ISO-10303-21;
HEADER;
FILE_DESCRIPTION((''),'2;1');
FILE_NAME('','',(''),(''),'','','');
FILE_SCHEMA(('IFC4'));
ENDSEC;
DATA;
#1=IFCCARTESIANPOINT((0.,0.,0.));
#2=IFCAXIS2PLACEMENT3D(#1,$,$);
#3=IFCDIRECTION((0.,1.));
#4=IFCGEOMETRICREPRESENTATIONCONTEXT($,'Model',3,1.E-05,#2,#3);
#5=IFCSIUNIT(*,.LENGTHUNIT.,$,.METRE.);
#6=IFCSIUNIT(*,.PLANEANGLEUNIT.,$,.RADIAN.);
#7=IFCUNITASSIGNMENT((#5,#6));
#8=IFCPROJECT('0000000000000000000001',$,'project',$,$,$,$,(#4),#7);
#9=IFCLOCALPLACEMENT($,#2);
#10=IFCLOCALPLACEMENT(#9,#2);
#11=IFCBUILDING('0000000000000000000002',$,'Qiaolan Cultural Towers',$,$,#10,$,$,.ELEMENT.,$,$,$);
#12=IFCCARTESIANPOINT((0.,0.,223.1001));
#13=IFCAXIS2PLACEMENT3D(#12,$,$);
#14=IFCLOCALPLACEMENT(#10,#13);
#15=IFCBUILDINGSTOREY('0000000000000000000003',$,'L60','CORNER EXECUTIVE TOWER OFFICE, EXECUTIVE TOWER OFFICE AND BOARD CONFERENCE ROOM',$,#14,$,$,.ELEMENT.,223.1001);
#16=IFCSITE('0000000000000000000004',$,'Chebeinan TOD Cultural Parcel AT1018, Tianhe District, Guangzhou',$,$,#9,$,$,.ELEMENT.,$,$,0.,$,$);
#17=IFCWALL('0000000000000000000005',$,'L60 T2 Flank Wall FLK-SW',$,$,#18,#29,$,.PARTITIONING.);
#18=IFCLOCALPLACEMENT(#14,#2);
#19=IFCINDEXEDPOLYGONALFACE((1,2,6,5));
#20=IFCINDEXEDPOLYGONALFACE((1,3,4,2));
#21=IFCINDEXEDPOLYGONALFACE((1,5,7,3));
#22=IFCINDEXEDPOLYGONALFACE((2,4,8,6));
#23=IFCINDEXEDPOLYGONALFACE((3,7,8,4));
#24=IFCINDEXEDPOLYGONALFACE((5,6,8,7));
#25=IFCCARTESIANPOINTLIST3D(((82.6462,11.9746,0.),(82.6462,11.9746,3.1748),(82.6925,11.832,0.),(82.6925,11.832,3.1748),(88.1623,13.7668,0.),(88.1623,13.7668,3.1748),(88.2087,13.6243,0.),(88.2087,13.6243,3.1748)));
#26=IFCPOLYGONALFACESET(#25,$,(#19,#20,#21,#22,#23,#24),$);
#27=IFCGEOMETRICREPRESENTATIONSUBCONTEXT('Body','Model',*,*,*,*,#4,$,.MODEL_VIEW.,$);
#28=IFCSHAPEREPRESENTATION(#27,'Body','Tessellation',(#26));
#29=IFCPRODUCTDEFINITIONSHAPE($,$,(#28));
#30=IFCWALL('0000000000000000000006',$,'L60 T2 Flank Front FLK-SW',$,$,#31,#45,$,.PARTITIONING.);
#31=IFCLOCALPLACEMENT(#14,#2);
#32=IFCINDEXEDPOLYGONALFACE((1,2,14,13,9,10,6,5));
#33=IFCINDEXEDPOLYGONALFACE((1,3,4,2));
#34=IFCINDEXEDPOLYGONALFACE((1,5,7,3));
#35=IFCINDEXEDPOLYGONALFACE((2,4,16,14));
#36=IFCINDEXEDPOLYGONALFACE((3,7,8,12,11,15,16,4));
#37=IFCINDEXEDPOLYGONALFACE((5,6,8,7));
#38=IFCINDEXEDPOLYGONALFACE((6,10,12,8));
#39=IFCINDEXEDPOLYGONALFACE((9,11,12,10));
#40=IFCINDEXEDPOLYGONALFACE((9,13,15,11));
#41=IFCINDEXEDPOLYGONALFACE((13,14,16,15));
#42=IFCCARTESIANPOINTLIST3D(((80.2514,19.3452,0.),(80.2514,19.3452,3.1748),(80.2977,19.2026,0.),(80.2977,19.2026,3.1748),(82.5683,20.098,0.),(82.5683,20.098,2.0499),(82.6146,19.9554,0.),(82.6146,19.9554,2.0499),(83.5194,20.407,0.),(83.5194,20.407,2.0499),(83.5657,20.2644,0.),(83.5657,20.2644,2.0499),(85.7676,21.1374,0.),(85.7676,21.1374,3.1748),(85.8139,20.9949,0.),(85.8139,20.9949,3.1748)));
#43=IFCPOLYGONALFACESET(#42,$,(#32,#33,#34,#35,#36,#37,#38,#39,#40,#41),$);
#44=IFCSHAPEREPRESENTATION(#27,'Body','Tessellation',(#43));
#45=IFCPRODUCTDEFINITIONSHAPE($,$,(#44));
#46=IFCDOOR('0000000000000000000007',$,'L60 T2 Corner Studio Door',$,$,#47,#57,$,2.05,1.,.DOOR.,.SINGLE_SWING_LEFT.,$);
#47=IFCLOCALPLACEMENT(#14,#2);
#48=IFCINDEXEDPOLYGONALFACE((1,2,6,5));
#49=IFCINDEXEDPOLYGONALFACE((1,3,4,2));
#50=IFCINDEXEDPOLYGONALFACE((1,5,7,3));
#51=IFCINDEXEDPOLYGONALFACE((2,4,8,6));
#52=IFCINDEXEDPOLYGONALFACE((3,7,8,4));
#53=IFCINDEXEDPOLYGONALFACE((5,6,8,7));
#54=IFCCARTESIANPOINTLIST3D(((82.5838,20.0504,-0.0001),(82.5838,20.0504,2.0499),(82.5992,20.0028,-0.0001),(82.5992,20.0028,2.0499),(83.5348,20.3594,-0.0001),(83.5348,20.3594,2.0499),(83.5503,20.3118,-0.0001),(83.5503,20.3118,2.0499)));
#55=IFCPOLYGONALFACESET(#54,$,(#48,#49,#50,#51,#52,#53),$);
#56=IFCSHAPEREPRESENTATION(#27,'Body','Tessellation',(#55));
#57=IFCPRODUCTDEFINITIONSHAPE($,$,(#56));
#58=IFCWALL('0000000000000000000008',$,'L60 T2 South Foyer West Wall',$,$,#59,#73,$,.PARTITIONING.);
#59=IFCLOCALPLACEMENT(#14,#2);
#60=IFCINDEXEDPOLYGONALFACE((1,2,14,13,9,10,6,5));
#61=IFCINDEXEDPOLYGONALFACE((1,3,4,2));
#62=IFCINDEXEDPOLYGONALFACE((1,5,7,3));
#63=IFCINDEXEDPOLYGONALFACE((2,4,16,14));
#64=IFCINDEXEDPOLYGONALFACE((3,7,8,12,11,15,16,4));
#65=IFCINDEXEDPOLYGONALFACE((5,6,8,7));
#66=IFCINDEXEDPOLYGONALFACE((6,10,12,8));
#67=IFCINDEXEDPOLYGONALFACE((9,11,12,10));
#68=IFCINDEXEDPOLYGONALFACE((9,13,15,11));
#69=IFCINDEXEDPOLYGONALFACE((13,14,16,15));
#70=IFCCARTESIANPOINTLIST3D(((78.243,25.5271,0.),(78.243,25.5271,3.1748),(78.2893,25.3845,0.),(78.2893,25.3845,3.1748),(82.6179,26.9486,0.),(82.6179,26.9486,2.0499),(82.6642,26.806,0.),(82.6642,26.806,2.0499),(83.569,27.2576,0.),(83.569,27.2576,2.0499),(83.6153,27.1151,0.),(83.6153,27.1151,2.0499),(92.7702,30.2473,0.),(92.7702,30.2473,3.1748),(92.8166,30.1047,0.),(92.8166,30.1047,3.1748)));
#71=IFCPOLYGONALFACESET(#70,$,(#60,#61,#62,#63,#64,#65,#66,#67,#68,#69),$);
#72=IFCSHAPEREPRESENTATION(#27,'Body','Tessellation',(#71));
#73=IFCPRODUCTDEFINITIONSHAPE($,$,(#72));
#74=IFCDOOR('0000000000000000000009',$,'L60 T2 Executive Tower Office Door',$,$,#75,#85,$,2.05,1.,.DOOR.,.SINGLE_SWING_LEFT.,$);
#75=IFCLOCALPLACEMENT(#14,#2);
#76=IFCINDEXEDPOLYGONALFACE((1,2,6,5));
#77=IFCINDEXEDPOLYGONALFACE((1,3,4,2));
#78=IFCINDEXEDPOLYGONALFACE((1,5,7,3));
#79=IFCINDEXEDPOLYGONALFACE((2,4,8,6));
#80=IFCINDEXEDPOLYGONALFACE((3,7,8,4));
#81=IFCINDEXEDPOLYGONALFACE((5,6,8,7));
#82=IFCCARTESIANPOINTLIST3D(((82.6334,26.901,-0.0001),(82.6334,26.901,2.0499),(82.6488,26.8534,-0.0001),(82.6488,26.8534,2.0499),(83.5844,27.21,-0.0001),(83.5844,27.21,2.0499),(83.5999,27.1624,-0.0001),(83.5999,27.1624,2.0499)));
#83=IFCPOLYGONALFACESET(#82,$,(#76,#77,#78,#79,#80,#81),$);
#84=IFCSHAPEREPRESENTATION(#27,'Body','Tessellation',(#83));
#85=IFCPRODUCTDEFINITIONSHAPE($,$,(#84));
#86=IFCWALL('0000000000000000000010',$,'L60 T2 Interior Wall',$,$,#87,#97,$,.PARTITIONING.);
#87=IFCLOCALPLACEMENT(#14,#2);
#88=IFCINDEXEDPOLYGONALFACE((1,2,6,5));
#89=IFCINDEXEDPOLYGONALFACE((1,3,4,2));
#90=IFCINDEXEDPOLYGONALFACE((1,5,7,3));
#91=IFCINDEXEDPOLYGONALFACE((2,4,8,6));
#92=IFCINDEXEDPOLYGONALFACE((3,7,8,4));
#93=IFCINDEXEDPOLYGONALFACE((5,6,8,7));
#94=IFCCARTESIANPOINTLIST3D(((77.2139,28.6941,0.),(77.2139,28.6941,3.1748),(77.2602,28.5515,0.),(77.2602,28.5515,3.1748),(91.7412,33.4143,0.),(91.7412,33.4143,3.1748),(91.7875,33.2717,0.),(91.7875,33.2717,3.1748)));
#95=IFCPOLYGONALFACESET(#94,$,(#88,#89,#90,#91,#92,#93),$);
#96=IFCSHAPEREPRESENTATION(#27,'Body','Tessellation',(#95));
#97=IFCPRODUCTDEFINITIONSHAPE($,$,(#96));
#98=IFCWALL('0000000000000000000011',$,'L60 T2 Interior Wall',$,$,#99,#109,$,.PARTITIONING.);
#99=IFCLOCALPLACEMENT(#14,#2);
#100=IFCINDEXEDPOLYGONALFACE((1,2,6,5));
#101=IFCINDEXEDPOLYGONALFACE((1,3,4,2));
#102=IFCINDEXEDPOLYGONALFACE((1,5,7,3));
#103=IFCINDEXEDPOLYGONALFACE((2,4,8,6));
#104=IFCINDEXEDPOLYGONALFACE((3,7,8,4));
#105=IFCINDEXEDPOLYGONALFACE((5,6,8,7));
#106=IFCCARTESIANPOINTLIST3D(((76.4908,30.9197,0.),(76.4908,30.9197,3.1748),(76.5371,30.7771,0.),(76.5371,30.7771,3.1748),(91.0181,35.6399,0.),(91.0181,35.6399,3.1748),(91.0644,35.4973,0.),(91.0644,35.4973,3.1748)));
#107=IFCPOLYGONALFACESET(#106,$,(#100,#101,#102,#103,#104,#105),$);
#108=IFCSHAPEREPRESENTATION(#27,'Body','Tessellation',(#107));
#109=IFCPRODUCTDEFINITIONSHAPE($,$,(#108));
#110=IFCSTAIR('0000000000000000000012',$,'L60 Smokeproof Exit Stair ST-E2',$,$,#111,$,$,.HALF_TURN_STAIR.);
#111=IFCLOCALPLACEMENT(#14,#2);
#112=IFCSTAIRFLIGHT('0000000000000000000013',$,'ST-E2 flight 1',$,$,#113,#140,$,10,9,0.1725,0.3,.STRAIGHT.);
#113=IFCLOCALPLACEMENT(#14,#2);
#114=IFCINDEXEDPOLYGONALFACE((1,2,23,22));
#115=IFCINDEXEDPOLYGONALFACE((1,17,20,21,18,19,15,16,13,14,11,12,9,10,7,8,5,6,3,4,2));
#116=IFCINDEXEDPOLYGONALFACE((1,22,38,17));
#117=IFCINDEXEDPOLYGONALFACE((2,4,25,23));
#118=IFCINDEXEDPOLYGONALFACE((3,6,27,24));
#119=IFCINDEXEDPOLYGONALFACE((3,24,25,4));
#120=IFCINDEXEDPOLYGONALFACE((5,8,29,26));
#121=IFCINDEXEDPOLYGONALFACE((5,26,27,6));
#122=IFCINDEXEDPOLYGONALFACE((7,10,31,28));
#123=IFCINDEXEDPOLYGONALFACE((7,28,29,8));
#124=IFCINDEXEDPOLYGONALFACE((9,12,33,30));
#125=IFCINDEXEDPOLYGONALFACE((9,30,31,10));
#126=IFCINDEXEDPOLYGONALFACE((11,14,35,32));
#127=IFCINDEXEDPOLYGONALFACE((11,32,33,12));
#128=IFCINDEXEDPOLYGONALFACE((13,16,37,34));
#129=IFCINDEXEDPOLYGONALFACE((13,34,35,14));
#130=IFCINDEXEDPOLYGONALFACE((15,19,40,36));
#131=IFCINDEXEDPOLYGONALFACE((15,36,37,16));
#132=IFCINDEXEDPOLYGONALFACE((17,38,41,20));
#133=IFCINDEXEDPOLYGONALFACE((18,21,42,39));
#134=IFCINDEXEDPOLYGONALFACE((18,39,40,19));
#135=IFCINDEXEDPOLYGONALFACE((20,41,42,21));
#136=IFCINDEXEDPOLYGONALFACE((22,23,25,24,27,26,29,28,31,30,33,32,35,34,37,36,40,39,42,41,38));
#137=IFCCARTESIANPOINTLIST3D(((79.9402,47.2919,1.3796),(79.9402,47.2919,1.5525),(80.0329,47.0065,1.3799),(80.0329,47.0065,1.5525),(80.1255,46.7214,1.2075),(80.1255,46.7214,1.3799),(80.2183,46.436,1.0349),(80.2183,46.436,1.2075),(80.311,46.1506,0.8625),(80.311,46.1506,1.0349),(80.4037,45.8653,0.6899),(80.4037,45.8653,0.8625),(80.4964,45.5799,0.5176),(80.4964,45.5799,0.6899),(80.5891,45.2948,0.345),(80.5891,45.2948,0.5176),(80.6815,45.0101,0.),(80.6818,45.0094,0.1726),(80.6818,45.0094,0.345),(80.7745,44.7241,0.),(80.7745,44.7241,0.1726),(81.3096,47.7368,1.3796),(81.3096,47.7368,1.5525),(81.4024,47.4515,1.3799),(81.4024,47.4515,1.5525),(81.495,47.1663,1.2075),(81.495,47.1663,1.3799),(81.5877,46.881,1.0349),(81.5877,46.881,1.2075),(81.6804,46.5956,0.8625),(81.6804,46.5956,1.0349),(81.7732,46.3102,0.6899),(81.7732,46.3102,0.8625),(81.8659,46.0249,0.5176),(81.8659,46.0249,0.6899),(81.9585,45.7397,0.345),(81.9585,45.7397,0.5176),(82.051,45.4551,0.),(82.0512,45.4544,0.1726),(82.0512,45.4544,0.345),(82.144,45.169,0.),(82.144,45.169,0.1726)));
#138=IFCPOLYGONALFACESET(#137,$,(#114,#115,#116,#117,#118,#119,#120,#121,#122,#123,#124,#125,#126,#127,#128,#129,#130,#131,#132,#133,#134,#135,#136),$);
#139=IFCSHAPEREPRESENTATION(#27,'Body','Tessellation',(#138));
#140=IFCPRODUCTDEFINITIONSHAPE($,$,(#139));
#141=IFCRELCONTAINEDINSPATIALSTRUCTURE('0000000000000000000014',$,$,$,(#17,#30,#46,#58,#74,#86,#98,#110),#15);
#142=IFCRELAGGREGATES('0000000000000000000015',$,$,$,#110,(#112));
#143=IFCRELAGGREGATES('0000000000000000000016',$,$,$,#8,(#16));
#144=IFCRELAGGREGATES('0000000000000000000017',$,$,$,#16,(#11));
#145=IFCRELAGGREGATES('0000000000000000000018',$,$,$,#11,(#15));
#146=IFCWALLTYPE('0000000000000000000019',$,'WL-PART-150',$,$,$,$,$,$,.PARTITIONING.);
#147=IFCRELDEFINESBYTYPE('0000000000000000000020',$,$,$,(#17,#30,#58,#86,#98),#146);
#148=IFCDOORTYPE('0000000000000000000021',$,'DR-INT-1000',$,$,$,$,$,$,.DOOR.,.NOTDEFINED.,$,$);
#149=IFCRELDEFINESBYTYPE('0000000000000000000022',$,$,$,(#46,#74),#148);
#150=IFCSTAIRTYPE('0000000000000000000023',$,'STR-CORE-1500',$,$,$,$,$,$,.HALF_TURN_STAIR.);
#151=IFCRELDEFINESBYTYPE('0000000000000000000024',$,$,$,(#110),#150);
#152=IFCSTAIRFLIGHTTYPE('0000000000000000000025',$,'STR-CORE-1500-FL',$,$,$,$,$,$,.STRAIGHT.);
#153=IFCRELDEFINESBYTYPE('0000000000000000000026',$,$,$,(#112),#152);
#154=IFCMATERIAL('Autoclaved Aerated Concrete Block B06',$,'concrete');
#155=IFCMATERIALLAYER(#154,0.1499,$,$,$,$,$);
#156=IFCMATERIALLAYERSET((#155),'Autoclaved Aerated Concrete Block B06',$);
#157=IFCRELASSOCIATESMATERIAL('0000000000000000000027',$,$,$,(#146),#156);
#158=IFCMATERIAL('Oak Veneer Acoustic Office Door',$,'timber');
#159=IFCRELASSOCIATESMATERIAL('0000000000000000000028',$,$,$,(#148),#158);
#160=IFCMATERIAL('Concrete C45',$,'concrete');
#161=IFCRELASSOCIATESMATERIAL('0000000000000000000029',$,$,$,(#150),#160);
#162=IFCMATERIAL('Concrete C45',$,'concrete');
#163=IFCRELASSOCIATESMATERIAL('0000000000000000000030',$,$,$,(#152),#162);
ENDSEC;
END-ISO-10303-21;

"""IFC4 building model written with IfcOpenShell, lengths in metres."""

from ifc_helpers import new_model, si_unit, direction, frame, frame_2d, origin, place, context, subcontext, project, spatial, polyline, rectangle, outline, extrude, material, layer, layer_set, type_object, element, fill, aggregate, save


model = new_model("IFC4")

# Units and contexts
model_context = context("Model", 3, precision=1e-05, world=origin(), true_north=direction((0.0, 1.0)))
body_context = subcontext(model_context, "Body", "Model", "MODEL_VIEW")
ifc_project = project(units=[si_unit("LENGTHUNIT", "METRE"), si_unit("PLANEANGLEUNIT", "RADIAN")], contexts=[model_context])

# Site, building, storey
site_placement = place(None, origin())
site = spatial("IfcSite", under=ifc_project, at=site_placement, Name="Chebeinan TOD Cultural Parcel AT1018, Tianhe District, Guangzhou", CompositionType="ELEMENT", RefElevation=0.0)
building_placement = place(site_placement, origin())
building = spatial("IfcBuilding", under=site, at=building_placement, Name="Qiaolan Cultural Towers", CompositionType="ELEMENT")
storey_placement = place(building_placement, frame((0.0, 0.0, 223.1001)))
storey = spatial("IfcBuildingStorey", under=building, at=storey_placement, Name="L60", Description="CORNER EXECUTIVE TOWER OFFICE, EXECUTIVE TOWER OFFICE AND BOARD CONFERENCE ROOM", CompositionType="ELEMENT", Elevation=223.1001)

# Wall
ifc_material_1 = material(Name="Autoclaved Aerated Concrete Block B06", Category="concrete")
ifc_layer_1 = layer(ifc_material_1, 0.1499)
ifc_layer_set_1 = layer_set([ifc_layer_1], Name="Autoclaved Aerated Concrete Block B06")
wall_type_1 = type_object("IfcWallType", Name="WL-PART-150", PredefinedType="PARTITIONING", material=ifc_layer_set_1)
wall_1_placement = place(storey_placement, frame((82.6694, 11.9033, 0.0), z_axis=(0.0, 0.0, 1.0), x_axis=(0.951059, 0.309008, 0.0)))
element("IfcWall", 1, at=wall_1_placement, inside=storey, type_object=wall_type_1, Name="L60 T2 Flank Wall FLK-SW", PredefinedType="PARTITIONING", context=body_context, shape_type="SweptSolid", body=[
    extrude(rectangle(XDim=5.8, YDim=0.1499, at=frame_2d((2.8999, 0.0))), origin(), (0.0, 0.0, 1.0), 3.1748),
])

# Walls, openings, doors
wall_2_placement = place(storey_placement, frame((80.2747, 19.2739, 0.0), z_axis=(0.0, 0.0, 1.0), x_axis=(0.951059, 0.309008, 0.0)))
wall_2 = element("IfcWall", 2, at=wall_2_placement, inside=storey, type_object=wall_type_1, Name="L60 T2 Flank Front FLK-SW", PredefinedType="PARTITIONING", context=body_context, shape_type="SweptSolid", body=[
    extrude(rectangle(XDim=5.8, YDim=0.1499, at=frame_2d((2.8999, 0.0))), origin(), (0.0, 0.0, 1.0), 3.1748),
])
opening_1_placement = place(wall_2_placement, frame((2.436, 0.0, 0.0)))
opening_1 = element("IfcOpeningElement", 3, at=opening_1_placement, cuts=wall_2, PredefinedType="OPENING", context=body_context, shape_type="SweptSolid", body=[
    extrude(rectangle(XDim=1.0, YDim=2.05, at=frame_2d((0.5, 1.0249))), frame((0.0, 0.085, 0.0), z_axis=(0.0, -1.0, 0.0), x_axis=(1.0, 0.0, 0.0)), (0.0, 0.0, 1.0), 0.1699),
])
ifc_material_2 = material(Name="Oak Veneer Acoustic Office Door", Category="timber")
door_type_1 = type_object("IfcDoorType", Name="DR-INT-1000", OperationType="NOTDEFINED", PredefinedType="DOOR", material=ifc_material_2)
door_1_placement = place(opening_1_placement, origin())
door_1 = element("IfcDoor", 4, at=door_1_placement, inside=storey, type_object=door_type_1, Name="L60 T2 Corner Studio Door", OperationType="SINGLE_SWING_LEFT", OverallHeight=2.05, OverallWidth=1.0, PredefinedType="DOOR", context=body_context, shape_type="SweptSolid", body=[
    extrude(rectangle(XDim=1.0, YDim=2.05, at=frame_2d((0.5, 1.0249))), frame((0.0, 0.0249, 0.0), z_axis=(0.0, -1.0, 0.0), x_axis=(1.0, 0.0, 0.0)), (0.0, 0.0, 1.0), 0.05),
])
fill(opening_1, door_1)
wall_3_placement = place(storey_placement, frame((78.2661, 25.4558, 0.0), z_axis=(0.0, 0.0, 1.0), x_axis=(0.951057, 0.309017, 0.0)))
wall_3 = element("IfcWall", 5, at=wall_3_placement, inside=storey, type_object=wall_type_1, Name="L60 T2 South Foyer West Wall", PredefinedType="PARTITIONING", context=body_context, shape_type="SweptSolid", body=[
    extrude(rectangle(XDim=15.2749, YDim=0.1499, at=frame_2d((7.6375, 0.0))), origin(), (0.0, 0.0, 1.0), 3.1748),
])
opening_2_placement = place(wall_3_placement, frame((4.6001, 0.0, 0.0)))
opening_2 = element("IfcOpeningElement", 6, at=opening_2_placement, cuts=wall_3, PredefinedType="OPENING", context=body_context, shape_type="SweptSolid", body=[
    extrude(rectangle(XDim=1.0, YDim=2.05, at=frame_2d((0.5, 1.0249))), frame((0.0, 0.085, 0.0), z_axis=(0.0, -1.0, 0.0), x_axis=(1.0, 0.0, 0.0)), (0.0, 0.0, 1.0), 0.1699),
])
door_2_placement = place(opening_2_placement, origin())
door_2 = element("IfcDoor", 7, at=door_2_placement, inside=storey, type_object=door_type_1, Name="L60 T2 Executive Tower Office Door", OperationType="SINGLE_SWING_LEFT", OverallHeight=2.05, OverallWidth=1.0, PredefinedType="DOOR", context=body_context, shape_type="SweptSolid", body=[
    extrude(rectangle(XDim=1.0, YDim=2.05, at=frame_2d((0.5, 1.0249))), frame((0.0, 0.0249, 0.0), z_axis=(0.0, -1.0, 0.0), x_axis=(1.0, 0.0, 0.0)), (0.0, 0.0, 1.0), 0.05),
])
fill(opening_2, door_2)

# Walls
for number, where, z_axis, x_axis, name in (
    (8, (77.2371, 28.6228, 0.0), (0.0, 0.0, 1.0), (0.951057, 0.309017, 0.0), "L60 T2 Interior Wall"),
    (9, (76.5139, 30.8484, 0.0), (0.0, 0.0, 1.0), (0.951057, 0.309017, 0.0), "L60 T2 Interior Wall"),
):
    element("IfcWall", number, at=place(storey_placement, frame(where, z_axis=z_axis, x_axis=x_axis)), inside=storey, type_object=wall_type_1, Name=name, PredefinedType="PARTITIONING", context=body_context, shape_type="SweptSolid", body=[
        extrude(rectangle(XDim=15.2749, YDim=0.1499, at=frame_2d((7.6375, 0.0))), origin(), (0.0, 0.0, 1.0), 3.1748),
    ])

# Stair, stair flight
ifc_material_3 = material(Name="Concrete C45", Category="concrete")
stair_type = type_object("IfcStairType", Name="STR-CORE-1500", PredefinedType="HALF_TURN_STAIR", material=ifc_material_3)
stair_placement = place(storey_placement, origin())
stair = element("IfcStair", 10, at=stair_placement, inside=storey, type_object=stair_type, Name="L60 Smokeproof Exit Stair ST-E2", PredefinedType="HALF_TURN_STAIR")
ifc_material_4 = material(Name="Concrete C45", Category="concrete")
stair_flight_type = type_object("IfcStairFlightType", Name="STR-CORE-1500-FL", PredefinedType="STRAIGHT", material=ifc_material_4)
stair_flight_placement = place(storey_placement, frame((81.4592, 44.9465, 0.0), z_axis=(0.0, 0.0, 1.0), x_axis=(-0.309017, 0.951057, 0.0)))
stair_flight = element("IfcStairFlight", 11, at=stair_flight_placement, type_object=stair_flight_type, Name="ST-E2 flight 1", NumberOfRisers=10, NumberOfTreads=9, PredefinedType="STRAIGHT", RiserHeight=0.1725, TreadLength=0.3, context=body_context, shape_type="SweptSolid", body=[
    extrude(outline(polyline([(0.0, 0.0), (0.0, 0.1726), (0.3, 0.1726), (0.3, 0.345), (0.6001, 0.345), (0.6001, 0.5176), (0.8999, 0.5176), (0.8999, 0.6899), (1.2, 0.6899), (1.2, 0.8625), (1.5, 0.8625), (1.5, 1.0349), (1.8, 1.0349), (1.8, 1.2075), (2.1001, 1.2075), (2.1001, 1.3799), (2.3999, 1.3799), (2.3999, 1.5525), (2.7, 1.5525), (2.7, 1.7251), (2.7, 1.3796), (0.3008, 0.0), (0.0, 0.0)])), frame((0.0, 0.72, 0.0), z_axis=(0.0, -1.0, 0.0), x_axis=(1.0, 0.0, 0.0)), (0.0, 0.0, 1.0), 1.4399),
])
aggregate(stair, [stair_flight])

save(model, "model.ifc")
